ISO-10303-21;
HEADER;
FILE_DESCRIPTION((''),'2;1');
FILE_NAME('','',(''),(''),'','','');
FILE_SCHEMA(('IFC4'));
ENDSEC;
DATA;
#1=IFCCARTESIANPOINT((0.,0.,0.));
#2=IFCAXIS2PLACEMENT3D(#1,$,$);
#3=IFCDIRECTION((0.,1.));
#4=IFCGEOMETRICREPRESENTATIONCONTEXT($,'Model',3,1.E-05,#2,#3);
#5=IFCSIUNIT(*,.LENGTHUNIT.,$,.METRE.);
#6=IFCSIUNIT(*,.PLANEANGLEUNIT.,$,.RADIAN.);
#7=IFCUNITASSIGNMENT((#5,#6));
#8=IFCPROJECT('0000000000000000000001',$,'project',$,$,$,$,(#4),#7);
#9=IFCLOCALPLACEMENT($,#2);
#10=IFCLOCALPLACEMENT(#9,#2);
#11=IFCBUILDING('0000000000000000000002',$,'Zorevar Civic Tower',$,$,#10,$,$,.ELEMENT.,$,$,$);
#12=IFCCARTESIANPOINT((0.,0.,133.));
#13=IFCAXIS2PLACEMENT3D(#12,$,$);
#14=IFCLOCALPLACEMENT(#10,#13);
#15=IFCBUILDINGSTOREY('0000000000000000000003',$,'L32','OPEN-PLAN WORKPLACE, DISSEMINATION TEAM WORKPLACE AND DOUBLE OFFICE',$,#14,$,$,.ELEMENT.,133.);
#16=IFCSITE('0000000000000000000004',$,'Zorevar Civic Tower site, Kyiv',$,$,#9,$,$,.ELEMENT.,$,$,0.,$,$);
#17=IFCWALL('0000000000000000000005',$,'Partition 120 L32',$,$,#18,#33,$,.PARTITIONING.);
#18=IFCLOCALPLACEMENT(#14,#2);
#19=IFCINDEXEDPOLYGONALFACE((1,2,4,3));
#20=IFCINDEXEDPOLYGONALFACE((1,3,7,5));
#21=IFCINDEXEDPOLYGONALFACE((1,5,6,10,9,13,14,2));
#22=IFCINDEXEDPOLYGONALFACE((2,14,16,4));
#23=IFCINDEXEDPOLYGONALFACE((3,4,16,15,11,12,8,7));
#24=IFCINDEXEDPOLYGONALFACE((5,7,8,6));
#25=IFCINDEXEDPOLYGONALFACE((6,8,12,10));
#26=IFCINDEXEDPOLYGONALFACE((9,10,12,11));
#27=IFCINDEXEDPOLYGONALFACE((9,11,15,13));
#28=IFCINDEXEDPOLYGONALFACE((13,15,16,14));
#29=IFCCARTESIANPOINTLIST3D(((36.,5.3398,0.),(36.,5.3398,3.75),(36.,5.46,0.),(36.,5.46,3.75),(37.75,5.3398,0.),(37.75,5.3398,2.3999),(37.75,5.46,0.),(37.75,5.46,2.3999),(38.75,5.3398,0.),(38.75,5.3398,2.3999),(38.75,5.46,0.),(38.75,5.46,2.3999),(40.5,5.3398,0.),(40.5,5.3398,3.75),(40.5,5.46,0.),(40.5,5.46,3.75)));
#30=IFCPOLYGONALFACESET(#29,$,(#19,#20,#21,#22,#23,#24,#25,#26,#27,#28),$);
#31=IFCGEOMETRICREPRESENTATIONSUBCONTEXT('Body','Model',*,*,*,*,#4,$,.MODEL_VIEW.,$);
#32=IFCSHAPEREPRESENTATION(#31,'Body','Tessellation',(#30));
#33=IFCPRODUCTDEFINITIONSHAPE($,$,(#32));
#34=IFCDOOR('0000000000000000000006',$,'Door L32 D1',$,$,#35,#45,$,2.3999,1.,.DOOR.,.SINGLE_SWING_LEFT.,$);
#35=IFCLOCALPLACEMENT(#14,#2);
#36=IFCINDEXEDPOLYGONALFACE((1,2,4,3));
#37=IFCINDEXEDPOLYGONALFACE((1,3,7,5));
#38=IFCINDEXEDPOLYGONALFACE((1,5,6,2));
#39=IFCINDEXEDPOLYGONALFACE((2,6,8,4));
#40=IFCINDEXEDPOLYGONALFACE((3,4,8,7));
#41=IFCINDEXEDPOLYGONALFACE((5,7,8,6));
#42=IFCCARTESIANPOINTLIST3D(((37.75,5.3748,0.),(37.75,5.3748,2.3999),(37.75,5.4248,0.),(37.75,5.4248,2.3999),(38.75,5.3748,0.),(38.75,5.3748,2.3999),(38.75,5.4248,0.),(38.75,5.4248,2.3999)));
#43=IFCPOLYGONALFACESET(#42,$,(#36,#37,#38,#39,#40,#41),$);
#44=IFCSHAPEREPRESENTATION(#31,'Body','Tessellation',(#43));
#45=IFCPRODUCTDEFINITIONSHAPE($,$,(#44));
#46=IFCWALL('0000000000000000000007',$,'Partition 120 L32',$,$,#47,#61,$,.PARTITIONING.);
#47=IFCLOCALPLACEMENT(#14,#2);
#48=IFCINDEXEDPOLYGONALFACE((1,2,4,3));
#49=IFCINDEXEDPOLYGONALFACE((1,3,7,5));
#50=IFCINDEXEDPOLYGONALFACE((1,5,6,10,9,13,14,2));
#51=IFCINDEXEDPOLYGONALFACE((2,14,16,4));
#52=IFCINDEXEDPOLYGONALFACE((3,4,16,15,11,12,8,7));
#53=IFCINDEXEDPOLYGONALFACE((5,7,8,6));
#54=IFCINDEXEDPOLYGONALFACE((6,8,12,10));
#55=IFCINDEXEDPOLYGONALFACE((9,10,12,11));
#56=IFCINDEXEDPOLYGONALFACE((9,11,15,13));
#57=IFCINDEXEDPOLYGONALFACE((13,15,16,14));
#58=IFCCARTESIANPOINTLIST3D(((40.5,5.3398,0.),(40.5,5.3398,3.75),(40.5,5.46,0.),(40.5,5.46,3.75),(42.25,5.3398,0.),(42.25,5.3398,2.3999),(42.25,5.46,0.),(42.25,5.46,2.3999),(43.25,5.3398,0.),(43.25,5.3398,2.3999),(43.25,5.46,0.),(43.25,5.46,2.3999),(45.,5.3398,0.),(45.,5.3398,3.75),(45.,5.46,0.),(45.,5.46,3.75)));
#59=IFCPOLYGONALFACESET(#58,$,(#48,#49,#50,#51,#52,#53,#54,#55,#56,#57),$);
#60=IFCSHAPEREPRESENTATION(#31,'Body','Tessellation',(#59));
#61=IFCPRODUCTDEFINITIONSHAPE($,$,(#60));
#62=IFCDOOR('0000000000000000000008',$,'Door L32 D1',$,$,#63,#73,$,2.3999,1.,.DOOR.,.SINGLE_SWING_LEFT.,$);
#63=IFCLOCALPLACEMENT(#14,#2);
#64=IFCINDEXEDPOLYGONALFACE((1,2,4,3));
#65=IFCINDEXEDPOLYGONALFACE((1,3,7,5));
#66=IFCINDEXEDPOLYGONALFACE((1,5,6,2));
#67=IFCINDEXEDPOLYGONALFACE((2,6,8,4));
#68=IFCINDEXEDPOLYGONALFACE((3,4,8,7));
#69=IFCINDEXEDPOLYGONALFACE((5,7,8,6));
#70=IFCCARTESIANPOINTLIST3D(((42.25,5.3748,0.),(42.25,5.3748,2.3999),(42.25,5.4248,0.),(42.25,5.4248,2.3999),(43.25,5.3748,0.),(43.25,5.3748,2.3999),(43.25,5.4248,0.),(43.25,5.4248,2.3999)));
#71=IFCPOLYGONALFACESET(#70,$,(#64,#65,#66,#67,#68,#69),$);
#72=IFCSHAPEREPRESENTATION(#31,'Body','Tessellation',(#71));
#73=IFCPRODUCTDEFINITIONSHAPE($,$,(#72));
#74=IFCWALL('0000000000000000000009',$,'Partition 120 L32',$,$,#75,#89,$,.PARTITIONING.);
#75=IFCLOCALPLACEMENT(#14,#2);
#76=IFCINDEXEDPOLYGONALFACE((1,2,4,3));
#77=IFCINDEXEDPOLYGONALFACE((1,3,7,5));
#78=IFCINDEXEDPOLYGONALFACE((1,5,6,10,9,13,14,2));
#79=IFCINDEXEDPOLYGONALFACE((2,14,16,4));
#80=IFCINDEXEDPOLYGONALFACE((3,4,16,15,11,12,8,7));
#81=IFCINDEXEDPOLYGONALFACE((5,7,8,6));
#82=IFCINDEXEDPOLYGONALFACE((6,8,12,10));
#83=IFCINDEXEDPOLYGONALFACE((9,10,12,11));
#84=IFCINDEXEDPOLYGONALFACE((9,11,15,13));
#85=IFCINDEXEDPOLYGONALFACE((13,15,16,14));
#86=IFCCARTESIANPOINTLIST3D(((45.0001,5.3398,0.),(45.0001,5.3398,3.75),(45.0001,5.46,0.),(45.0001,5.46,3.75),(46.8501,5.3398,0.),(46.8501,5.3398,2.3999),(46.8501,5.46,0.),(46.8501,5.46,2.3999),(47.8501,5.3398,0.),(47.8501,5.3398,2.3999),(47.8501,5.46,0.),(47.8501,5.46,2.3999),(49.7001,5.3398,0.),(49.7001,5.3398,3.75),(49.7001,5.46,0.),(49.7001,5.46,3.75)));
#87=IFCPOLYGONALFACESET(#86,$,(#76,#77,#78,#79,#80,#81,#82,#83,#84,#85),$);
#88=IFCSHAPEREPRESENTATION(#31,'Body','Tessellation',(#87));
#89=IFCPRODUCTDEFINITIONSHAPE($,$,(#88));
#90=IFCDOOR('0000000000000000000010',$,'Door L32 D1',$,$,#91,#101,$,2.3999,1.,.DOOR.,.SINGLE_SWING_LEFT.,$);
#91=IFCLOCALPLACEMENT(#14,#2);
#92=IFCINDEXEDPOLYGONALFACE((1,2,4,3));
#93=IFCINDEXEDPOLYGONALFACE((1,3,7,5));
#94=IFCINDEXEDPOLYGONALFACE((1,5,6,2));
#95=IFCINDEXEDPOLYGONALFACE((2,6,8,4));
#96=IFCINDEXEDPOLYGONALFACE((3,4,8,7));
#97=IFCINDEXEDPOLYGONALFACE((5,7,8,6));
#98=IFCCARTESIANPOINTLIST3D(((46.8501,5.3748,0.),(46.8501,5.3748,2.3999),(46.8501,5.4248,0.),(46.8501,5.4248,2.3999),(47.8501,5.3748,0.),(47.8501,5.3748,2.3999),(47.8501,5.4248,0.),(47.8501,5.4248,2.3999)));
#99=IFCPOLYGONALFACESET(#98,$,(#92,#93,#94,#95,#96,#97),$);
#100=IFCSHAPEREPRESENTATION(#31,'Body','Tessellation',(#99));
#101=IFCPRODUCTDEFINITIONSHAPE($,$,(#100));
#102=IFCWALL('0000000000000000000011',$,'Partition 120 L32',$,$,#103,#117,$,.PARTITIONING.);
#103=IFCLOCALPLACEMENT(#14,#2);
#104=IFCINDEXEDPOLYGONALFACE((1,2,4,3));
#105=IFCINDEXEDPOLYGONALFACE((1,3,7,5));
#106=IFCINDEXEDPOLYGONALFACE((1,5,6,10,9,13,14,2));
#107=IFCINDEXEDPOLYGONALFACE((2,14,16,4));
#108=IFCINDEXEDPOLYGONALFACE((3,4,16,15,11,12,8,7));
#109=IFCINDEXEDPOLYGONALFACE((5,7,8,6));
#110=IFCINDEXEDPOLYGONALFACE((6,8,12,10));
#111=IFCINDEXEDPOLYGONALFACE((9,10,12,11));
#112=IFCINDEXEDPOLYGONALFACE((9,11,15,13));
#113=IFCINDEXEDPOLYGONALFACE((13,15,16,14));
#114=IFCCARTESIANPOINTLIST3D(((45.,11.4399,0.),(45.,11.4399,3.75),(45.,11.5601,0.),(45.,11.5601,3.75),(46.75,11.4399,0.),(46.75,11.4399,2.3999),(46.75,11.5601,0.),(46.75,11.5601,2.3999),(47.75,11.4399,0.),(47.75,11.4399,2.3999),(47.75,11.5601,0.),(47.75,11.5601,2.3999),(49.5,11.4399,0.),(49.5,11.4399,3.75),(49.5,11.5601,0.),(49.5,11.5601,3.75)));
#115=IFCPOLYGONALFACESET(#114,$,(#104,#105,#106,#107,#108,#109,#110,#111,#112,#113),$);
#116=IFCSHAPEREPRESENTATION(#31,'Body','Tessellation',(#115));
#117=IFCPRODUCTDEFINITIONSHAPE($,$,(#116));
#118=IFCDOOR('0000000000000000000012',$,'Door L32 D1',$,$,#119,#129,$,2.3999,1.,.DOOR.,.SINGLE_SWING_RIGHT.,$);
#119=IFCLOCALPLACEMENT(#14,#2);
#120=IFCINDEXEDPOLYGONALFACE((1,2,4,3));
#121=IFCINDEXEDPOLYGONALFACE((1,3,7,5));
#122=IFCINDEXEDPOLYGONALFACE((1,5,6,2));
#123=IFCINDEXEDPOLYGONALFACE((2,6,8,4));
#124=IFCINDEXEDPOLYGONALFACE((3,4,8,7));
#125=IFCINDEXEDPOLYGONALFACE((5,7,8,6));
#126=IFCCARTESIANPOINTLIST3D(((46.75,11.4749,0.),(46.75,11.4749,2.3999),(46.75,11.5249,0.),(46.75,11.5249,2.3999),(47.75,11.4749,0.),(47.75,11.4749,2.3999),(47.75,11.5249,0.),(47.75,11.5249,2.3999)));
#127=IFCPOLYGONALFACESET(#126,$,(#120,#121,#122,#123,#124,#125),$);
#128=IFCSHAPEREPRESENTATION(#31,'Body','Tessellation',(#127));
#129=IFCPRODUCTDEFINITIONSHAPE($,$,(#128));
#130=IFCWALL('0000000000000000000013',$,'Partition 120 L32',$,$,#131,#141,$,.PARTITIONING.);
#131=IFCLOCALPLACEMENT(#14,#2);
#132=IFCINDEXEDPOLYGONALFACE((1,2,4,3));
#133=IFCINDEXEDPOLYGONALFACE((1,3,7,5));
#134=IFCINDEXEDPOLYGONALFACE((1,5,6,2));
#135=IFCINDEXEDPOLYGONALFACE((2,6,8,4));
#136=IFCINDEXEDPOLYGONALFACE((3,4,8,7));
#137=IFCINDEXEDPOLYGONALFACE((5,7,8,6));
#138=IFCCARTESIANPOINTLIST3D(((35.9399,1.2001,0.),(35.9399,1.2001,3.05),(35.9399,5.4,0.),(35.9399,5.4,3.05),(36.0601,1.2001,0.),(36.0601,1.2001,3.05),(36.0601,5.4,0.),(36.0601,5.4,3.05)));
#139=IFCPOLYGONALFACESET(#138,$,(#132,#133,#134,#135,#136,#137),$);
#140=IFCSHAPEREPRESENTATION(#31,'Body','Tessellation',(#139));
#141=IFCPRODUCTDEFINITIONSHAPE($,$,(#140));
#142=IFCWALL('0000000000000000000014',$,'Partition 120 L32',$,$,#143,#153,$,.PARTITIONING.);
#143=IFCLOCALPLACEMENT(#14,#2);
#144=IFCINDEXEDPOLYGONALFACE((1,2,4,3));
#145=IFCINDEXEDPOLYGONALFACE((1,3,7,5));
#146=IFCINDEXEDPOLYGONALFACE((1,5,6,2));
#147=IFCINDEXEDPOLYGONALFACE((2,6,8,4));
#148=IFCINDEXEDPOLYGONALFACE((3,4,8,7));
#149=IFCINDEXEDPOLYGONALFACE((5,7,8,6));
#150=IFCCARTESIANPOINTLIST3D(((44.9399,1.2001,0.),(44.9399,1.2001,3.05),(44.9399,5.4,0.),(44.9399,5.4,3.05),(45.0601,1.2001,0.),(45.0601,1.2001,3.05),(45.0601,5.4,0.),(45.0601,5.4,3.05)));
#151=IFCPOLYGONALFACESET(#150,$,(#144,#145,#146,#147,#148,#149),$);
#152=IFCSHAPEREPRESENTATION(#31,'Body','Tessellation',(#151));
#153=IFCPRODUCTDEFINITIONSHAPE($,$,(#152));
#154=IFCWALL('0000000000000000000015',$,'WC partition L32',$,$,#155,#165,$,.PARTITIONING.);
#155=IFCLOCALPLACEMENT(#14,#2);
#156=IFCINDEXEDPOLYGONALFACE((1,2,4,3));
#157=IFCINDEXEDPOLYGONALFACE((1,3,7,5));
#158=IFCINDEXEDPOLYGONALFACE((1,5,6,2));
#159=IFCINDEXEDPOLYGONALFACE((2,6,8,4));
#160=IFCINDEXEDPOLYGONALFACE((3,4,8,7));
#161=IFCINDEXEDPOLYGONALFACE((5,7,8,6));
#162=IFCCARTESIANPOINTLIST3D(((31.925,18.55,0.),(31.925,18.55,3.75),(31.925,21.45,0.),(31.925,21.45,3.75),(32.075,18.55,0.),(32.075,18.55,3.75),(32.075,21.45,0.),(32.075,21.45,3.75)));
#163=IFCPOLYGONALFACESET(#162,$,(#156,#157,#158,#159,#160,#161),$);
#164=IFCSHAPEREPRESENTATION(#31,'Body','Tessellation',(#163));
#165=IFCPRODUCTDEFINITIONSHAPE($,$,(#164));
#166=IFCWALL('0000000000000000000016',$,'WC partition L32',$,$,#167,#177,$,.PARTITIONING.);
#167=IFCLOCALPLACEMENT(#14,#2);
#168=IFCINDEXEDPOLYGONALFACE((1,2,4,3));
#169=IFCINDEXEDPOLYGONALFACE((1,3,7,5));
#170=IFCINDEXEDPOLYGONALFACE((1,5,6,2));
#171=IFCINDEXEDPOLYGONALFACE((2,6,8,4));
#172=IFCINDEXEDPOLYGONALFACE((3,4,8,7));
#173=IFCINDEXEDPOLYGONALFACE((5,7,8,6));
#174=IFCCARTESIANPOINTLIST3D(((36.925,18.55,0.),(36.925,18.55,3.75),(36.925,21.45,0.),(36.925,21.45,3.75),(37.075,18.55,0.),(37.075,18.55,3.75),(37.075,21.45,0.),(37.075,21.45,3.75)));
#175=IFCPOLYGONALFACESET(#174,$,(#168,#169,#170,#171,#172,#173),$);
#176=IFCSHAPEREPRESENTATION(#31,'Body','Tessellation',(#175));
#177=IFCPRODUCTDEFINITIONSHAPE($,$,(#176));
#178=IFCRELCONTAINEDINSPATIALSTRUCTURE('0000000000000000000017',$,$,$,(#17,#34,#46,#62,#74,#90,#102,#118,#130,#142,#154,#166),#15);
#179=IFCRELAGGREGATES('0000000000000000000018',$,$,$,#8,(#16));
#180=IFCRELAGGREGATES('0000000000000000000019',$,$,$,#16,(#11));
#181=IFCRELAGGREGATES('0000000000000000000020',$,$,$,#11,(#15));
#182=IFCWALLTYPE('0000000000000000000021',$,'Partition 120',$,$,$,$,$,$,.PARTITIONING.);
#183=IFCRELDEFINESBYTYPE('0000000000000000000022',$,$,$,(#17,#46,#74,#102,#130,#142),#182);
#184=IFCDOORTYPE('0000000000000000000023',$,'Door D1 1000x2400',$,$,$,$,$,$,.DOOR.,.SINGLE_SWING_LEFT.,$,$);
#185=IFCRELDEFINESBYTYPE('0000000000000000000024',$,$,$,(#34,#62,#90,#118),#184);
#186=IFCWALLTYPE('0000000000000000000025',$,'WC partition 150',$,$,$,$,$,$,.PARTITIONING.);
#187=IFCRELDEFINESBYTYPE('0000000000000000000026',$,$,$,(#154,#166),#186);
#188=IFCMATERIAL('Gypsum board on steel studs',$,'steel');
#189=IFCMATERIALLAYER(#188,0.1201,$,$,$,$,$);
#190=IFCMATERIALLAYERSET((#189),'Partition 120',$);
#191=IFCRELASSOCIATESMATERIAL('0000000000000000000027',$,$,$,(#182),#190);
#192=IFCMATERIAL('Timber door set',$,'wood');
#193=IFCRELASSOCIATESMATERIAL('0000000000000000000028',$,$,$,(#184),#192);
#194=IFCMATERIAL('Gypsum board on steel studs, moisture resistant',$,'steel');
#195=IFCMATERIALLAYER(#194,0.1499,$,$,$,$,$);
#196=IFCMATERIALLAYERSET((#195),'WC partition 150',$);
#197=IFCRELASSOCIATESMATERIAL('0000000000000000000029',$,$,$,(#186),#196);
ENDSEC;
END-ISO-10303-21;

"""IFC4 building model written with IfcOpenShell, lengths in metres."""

from ifc_helpers import new_model, si_unit, direction, frame, frame_2d, origin, place, context, subcontext, project, spatial, rectangle, extrude, material, layer, layer_set, type_object, element, fill, save


model = new_model("IFC4")

# Units and contexts
model_context = context("Model", 3, precision=1e-05, world=origin(), true_north=direction((0.0, 1.0)))
body_context = subcontext(model_context, "Body", "Model", "MODEL_VIEW")
ifc_project = project(units=[si_unit("LENGTHUNIT", "METRE"), si_unit("PLANEANGLEUNIT", "RADIAN")], contexts=[model_context])

# Site, building, storey
site_placement = place(None, origin())
site = spatial("IfcSite", under=ifc_project, at=site_placement, Name="Zorevar Civic Tower site, Kyiv", CompositionType="ELEMENT", RefElevation=0.0)
building_placement = place(site_placement, origin())
building = spatial("IfcBuilding", under=site, at=building_placement, Name="Zorevar Civic Tower", CompositionType="ELEMENT")
storey_placement = place(building_placement, frame((0.0, 0.0, 133.0)))
storey = spatial("IfcBuildingStorey", under=building, at=storey_placement, Name="L32", Description="OPEN-PLAN WORKPLACE, DISSEMINATION TEAM WORKPLACE AND DOUBLE OFFICE", CompositionType="ELEMENT", Elevation=133.0)

# Walls, openings, doors
ifc_material_1 = material(Name="Gypsum board on steel studs", Category="steel")
ifc_layer_1 = layer(ifc_material_1, 0.1201)
ifc_layer_set_1 = layer_set([ifc_layer_1], Name="Partition 120")
wall_type_1 = type_object("IfcWallType", Name="Partition 120", PredefinedType="PARTITIONING", material=ifc_layer_set_1)
ifc_material_2 = material(Name="Timber door set", Category="wood")
door_type_1 = type_object("IfcDoorType", Name="Door D1 1000x2400", OperationType="SINGLE_SWING_LEFT", PredefinedType="DOOR", material=ifc_material_2)
wall_1_placement = place(storey_placement, frame((36.0, 5.3999, 0.0), z_axis=(0.0, 0.0, 1.0), x_axis=(1.0, 0.0, 0.0)))
wall_1 = element("IfcWall", 1, at=wall_1_placement, inside=storey, type_object=wall_type_1, Name="Partition 120 L32", PredefinedType="PARTITIONING", context=body_context, shape_type="SweptSolid", body=[
    extrude(rectangle(XDim=4.5, YDim=0.1201, at=frame_2d((2.25, 0.0))), origin(), (0.0, 0.0, 1.0), 3.75),
])
opening_1_placement = place(wall_1_placement, frame((1.75, 0.0, 0.0)))
opening_1 = element("IfcOpeningElement", 2, at=opening_1_placement, cuts=wall_1, PredefinedType="OPENING", context=body_context, shape_type="SweptSolid", body=[
    extrude(rectangle(XDim=1.0, YDim=2.3999, at=frame_2d((0.5, 1.2))), frame((0.0, 0.0701, 0.0), z_axis=(0.0, -1.0, 0.0), x_axis=(1.0, 0.0, 0.0)), (0.0, 0.0, 1.0), 0.1401),
])
door_1_placement = place(opening_1_placement, origin())
door_1 = element("IfcDoor", 3, at=door_1_placement, inside=storey, type_object=door_type_1, Name="Door L32 D1", OperationType="SINGLE_SWING_LEFT", OverallHeight=2.3999, OverallWidth=1.0, PredefinedType="DOOR", context=body_context, shape_type="SweptSolid", body=[
    extrude(rectangle(XDim=1.0, YDim=2.3999, at=frame_2d((0.5, 1.2))), frame((0.0, 0.0249, 0.0), z_axis=(0.0, -1.0, 0.0), x_axis=(1.0, 0.0, 0.0)), (0.0, 0.0, 1.0), 0.05),
])
fill(opening_1, door_1)
wall_2_placement = place(storey_placement, frame((40.5, 5.3999, 0.0), z_axis=(0.0, 0.0, 1.0), x_axis=(1.0, 0.0, 0.0)))
wall_2 = element("IfcWall", 4, at=wall_2_placement, inside=storey, type_object=wall_type_1, Name="Partition 120 L32", PredefinedType="PARTITIONING", context=body_context, shape_type="SweptSolid", body=[
    extrude(rectangle(XDim=4.5, YDim=0.1201, at=frame_2d((2.25, 0.0))), origin(), (0.0, 0.0, 1.0), 3.75),
])
opening_2_placement = place(wall_2_placement, frame((1.75, 0.0, 0.0)))
opening_2 = element("IfcOpeningElement", 5, at=opening_2_placement, cuts=wall_2, PredefinedType="OPENING", context=body_context, shape_type="SweptSolid", body=[
    extrude(rectangle(XDim=1.0, YDim=2.3999, at=frame_2d((0.5, 1.2))), frame((0.0, 0.0701, 0.0), z_axis=(0.0, -1.0, 0.0), x_axis=(1.0, 0.0, 0.0)), (0.0, 0.0, 1.0), 0.1401),
])
door_2_placement = place(opening_2_placement, origin())
door_2 = element("IfcDoor", 6, at=door_2_placement, inside=storey, type_object=door_type_1, Name="Door L32 D1", OperationType="SINGLE_SWING_LEFT", OverallHeight=2.3999, OverallWidth=1.0, PredefinedType="DOOR", context=body_context, shape_type="SweptSolid", body=[
    extrude(rectangle(XDim=1.0, YDim=2.3999, at=frame_2d((0.5, 1.2))), frame((0.0, 0.0249, 0.0), z_axis=(0.0, -1.0, 0.0), x_axis=(1.0, 0.0, 0.0)), (0.0, 0.0, 1.0), 0.05),
])
fill(opening_2, door_2)
wall_3_placement = place(storey_placement, frame((45.0, 5.3999, 0.0), z_axis=(0.0, 0.0, 1.0), x_axis=(1.0, 0.0, 0.0)))
wall_3 = element("IfcWall", 7, at=wall_3_placement, inside=storey, type_object=wall_type_1, Name="Partition 120 L32", PredefinedType="PARTITIONING", context=body_context, shape_type="SweptSolid", body=[
    extrude(rectangle(XDim=4.7, YDim=0.1201, at=frame_2d((2.3501, 0.0))), origin(), (0.0, 0.0, 1.0), 3.75),
])
opening_3_placement = place(wall_3_placement, frame((1.8501, 0.0, 0.0)))
opening_3 = element("IfcOpeningElement", 8, at=opening_3_placement, cuts=wall_3, PredefinedType="OPENING", context=body_context, shape_type="SweptSolid", body=[
    extrude(rectangle(XDim=1.0, YDim=2.3999, at=frame_2d((0.5, 1.2))), frame((0.0, 0.0701, 0.0), z_axis=(0.0, -1.0, 0.0), x_axis=(1.0, 0.0, 0.0)), (0.0, 0.0, 1.0), 0.1401),
])
door_3_placement = place(opening_3_placement, origin())
door_3 = element("IfcDoor", 9, at=door_3_placement, inside=storey, type_object=door_type_1, Name="Door L32 D1", OperationType="SINGLE_SWING_LEFT", OverallHeight=2.3999, OverallWidth=1.0, PredefinedType="DOOR", context=body_context, shape_type="SweptSolid", body=[
    extrude(rectangle(XDim=1.0, YDim=2.3999, at=frame_2d((0.5, 1.2))), frame((0.0, 0.0249, 0.0), z_axis=(0.0, -1.0, 0.0), x_axis=(1.0, 0.0, 0.0)), (0.0, 0.0, 1.0), 0.05),
])
fill(opening_3, door_3)
wall_4_placement = place(storey_placement, frame((45.0, 11.5, 0.0), z_axis=(0.0, 0.0, 1.0), x_axis=(1.0, 0.0, 0.0)))
wall_4 = element("IfcWall", 10, at=wall_4_placement, inside=storey, type_object=wall_type_1, Name="Partition 120 L32", PredefinedType="PARTITIONING", context=body_context, shape_type="SweptSolid", body=[
    extrude(rectangle(XDim=4.5, YDim=0.1201, at=frame_2d((2.25, 0.0))), origin(), (0.0, 0.0, 1.0), 3.75),
])
opening_4_placement = place(wall_4_placement, frame((1.75, 0.0, 0.0)))
opening_4 = element("IfcOpeningElement", 11, at=opening_4_placement, cuts=wall_4, PredefinedType="OPENING", context=body_context, shape_type="SweptSolid", body=[
    extrude(rectangle(XDim=1.0, YDim=2.3999, at=frame_2d((0.5, 1.2))), frame((0.0, 0.0701, 0.0), z_axis=(0.0, -1.0, 0.0), x_axis=(1.0, 0.0, 0.0)), (0.0, 0.0, 1.0), 0.1401),
])
door_4_placement = place(opening_4_placement, origin())
door_4 = element("IfcDoor", 12, at=door_4_placement, inside=storey, type_object=door_type_1, Name="Door L32 D1", OperationType="SINGLE_SWING_RIGHT", OverallHeight=2.3999, OverallWidth=1.0, PredefinedType="DOOR", context=body_context, shape_type="SweptSolid", body=[
    extrude(rectangle(XDim=1.0, YDim=2.3999, at=frame_2d((0.5, 1.2))), frame((0.0, 0.0249, 0.0), z_axis=(0.0, -1.0, 0.0), x_axis=(1.0, 0.0, 0.0)), (0.0, 0.0, 1.0), 0.05),
])
fill(opening_4, door_4)

# Walls
for number, where, z_axis, x_axis, name in (
    (13, (36.0, 1.2, 0.0), (0.0, 0.0, 1.0), (0.0, 1.0, 0.0), "Partition 120 L32"),
    (14, (45.0, 1.2, 0.0), (0.0, 0.0, 1.0), (0.0, 1.0, 0.0), "Partition 120 L32"),
):
    element("IfcWall", number, at=place(storey_placement, frame(where, z_axis=z_axis, x_axis=x_axis)), inside=storey, type_object=wall_type_1, Name=name, PredefinedType="PARTITIONING", context=body_context, shape_type="SweptSolid", body=[
        extrude(rectangle(XDim=4.2, YDim=0.1201, at=frame_2d((2.1001, 0.0))), origin(), (0.0, 0.0, 1.0), 3.05),
    ])
ifc_material_3 = material(Name="Gypsum board on steel studs, moisture resistant", Category="steel")
ifc_layer_2 = layer(ifc_material_3, 0.1499)
ifc_layer_set_2 = layer_set([ifc_layer_2], Name="WC partition 150")
wall_type_2 = type_object("IfcWallType", Name="WC partition 150", PredefinedType="PARTITIONING", material=ifc_layer_set_2)
for number, where, z_axis, x_axis, name in (
    (15, (32.0, 18.55, 0.0), (0.0, 0.0, 1.0), (0.0, 1.0, 0.0), "WC partition L32"),
    (16, (37.0, 18.55, 0.0), (0.0, 0.0, 1.0), (0.0, 1.0, 0.0), "WC partition L32"),
):
    element("IfcWall", number, at=place(storey_placement, frame(where, z_axis=z_axis, x_axis=x_axis)), inside=storey, type_object=wall_type_2, Name=name, PredefinedType="PARTITIONING", context=body_context, shape_type="SweptSolid", body=[
        extrude(rectangle(XDim=2.8999, YDim=0.1499, at=frame_2d((1.45, 0.0))), origin(), (0.0, 0.0, 1.0), 3.75),
    ])

save(model, "model.ifc")
